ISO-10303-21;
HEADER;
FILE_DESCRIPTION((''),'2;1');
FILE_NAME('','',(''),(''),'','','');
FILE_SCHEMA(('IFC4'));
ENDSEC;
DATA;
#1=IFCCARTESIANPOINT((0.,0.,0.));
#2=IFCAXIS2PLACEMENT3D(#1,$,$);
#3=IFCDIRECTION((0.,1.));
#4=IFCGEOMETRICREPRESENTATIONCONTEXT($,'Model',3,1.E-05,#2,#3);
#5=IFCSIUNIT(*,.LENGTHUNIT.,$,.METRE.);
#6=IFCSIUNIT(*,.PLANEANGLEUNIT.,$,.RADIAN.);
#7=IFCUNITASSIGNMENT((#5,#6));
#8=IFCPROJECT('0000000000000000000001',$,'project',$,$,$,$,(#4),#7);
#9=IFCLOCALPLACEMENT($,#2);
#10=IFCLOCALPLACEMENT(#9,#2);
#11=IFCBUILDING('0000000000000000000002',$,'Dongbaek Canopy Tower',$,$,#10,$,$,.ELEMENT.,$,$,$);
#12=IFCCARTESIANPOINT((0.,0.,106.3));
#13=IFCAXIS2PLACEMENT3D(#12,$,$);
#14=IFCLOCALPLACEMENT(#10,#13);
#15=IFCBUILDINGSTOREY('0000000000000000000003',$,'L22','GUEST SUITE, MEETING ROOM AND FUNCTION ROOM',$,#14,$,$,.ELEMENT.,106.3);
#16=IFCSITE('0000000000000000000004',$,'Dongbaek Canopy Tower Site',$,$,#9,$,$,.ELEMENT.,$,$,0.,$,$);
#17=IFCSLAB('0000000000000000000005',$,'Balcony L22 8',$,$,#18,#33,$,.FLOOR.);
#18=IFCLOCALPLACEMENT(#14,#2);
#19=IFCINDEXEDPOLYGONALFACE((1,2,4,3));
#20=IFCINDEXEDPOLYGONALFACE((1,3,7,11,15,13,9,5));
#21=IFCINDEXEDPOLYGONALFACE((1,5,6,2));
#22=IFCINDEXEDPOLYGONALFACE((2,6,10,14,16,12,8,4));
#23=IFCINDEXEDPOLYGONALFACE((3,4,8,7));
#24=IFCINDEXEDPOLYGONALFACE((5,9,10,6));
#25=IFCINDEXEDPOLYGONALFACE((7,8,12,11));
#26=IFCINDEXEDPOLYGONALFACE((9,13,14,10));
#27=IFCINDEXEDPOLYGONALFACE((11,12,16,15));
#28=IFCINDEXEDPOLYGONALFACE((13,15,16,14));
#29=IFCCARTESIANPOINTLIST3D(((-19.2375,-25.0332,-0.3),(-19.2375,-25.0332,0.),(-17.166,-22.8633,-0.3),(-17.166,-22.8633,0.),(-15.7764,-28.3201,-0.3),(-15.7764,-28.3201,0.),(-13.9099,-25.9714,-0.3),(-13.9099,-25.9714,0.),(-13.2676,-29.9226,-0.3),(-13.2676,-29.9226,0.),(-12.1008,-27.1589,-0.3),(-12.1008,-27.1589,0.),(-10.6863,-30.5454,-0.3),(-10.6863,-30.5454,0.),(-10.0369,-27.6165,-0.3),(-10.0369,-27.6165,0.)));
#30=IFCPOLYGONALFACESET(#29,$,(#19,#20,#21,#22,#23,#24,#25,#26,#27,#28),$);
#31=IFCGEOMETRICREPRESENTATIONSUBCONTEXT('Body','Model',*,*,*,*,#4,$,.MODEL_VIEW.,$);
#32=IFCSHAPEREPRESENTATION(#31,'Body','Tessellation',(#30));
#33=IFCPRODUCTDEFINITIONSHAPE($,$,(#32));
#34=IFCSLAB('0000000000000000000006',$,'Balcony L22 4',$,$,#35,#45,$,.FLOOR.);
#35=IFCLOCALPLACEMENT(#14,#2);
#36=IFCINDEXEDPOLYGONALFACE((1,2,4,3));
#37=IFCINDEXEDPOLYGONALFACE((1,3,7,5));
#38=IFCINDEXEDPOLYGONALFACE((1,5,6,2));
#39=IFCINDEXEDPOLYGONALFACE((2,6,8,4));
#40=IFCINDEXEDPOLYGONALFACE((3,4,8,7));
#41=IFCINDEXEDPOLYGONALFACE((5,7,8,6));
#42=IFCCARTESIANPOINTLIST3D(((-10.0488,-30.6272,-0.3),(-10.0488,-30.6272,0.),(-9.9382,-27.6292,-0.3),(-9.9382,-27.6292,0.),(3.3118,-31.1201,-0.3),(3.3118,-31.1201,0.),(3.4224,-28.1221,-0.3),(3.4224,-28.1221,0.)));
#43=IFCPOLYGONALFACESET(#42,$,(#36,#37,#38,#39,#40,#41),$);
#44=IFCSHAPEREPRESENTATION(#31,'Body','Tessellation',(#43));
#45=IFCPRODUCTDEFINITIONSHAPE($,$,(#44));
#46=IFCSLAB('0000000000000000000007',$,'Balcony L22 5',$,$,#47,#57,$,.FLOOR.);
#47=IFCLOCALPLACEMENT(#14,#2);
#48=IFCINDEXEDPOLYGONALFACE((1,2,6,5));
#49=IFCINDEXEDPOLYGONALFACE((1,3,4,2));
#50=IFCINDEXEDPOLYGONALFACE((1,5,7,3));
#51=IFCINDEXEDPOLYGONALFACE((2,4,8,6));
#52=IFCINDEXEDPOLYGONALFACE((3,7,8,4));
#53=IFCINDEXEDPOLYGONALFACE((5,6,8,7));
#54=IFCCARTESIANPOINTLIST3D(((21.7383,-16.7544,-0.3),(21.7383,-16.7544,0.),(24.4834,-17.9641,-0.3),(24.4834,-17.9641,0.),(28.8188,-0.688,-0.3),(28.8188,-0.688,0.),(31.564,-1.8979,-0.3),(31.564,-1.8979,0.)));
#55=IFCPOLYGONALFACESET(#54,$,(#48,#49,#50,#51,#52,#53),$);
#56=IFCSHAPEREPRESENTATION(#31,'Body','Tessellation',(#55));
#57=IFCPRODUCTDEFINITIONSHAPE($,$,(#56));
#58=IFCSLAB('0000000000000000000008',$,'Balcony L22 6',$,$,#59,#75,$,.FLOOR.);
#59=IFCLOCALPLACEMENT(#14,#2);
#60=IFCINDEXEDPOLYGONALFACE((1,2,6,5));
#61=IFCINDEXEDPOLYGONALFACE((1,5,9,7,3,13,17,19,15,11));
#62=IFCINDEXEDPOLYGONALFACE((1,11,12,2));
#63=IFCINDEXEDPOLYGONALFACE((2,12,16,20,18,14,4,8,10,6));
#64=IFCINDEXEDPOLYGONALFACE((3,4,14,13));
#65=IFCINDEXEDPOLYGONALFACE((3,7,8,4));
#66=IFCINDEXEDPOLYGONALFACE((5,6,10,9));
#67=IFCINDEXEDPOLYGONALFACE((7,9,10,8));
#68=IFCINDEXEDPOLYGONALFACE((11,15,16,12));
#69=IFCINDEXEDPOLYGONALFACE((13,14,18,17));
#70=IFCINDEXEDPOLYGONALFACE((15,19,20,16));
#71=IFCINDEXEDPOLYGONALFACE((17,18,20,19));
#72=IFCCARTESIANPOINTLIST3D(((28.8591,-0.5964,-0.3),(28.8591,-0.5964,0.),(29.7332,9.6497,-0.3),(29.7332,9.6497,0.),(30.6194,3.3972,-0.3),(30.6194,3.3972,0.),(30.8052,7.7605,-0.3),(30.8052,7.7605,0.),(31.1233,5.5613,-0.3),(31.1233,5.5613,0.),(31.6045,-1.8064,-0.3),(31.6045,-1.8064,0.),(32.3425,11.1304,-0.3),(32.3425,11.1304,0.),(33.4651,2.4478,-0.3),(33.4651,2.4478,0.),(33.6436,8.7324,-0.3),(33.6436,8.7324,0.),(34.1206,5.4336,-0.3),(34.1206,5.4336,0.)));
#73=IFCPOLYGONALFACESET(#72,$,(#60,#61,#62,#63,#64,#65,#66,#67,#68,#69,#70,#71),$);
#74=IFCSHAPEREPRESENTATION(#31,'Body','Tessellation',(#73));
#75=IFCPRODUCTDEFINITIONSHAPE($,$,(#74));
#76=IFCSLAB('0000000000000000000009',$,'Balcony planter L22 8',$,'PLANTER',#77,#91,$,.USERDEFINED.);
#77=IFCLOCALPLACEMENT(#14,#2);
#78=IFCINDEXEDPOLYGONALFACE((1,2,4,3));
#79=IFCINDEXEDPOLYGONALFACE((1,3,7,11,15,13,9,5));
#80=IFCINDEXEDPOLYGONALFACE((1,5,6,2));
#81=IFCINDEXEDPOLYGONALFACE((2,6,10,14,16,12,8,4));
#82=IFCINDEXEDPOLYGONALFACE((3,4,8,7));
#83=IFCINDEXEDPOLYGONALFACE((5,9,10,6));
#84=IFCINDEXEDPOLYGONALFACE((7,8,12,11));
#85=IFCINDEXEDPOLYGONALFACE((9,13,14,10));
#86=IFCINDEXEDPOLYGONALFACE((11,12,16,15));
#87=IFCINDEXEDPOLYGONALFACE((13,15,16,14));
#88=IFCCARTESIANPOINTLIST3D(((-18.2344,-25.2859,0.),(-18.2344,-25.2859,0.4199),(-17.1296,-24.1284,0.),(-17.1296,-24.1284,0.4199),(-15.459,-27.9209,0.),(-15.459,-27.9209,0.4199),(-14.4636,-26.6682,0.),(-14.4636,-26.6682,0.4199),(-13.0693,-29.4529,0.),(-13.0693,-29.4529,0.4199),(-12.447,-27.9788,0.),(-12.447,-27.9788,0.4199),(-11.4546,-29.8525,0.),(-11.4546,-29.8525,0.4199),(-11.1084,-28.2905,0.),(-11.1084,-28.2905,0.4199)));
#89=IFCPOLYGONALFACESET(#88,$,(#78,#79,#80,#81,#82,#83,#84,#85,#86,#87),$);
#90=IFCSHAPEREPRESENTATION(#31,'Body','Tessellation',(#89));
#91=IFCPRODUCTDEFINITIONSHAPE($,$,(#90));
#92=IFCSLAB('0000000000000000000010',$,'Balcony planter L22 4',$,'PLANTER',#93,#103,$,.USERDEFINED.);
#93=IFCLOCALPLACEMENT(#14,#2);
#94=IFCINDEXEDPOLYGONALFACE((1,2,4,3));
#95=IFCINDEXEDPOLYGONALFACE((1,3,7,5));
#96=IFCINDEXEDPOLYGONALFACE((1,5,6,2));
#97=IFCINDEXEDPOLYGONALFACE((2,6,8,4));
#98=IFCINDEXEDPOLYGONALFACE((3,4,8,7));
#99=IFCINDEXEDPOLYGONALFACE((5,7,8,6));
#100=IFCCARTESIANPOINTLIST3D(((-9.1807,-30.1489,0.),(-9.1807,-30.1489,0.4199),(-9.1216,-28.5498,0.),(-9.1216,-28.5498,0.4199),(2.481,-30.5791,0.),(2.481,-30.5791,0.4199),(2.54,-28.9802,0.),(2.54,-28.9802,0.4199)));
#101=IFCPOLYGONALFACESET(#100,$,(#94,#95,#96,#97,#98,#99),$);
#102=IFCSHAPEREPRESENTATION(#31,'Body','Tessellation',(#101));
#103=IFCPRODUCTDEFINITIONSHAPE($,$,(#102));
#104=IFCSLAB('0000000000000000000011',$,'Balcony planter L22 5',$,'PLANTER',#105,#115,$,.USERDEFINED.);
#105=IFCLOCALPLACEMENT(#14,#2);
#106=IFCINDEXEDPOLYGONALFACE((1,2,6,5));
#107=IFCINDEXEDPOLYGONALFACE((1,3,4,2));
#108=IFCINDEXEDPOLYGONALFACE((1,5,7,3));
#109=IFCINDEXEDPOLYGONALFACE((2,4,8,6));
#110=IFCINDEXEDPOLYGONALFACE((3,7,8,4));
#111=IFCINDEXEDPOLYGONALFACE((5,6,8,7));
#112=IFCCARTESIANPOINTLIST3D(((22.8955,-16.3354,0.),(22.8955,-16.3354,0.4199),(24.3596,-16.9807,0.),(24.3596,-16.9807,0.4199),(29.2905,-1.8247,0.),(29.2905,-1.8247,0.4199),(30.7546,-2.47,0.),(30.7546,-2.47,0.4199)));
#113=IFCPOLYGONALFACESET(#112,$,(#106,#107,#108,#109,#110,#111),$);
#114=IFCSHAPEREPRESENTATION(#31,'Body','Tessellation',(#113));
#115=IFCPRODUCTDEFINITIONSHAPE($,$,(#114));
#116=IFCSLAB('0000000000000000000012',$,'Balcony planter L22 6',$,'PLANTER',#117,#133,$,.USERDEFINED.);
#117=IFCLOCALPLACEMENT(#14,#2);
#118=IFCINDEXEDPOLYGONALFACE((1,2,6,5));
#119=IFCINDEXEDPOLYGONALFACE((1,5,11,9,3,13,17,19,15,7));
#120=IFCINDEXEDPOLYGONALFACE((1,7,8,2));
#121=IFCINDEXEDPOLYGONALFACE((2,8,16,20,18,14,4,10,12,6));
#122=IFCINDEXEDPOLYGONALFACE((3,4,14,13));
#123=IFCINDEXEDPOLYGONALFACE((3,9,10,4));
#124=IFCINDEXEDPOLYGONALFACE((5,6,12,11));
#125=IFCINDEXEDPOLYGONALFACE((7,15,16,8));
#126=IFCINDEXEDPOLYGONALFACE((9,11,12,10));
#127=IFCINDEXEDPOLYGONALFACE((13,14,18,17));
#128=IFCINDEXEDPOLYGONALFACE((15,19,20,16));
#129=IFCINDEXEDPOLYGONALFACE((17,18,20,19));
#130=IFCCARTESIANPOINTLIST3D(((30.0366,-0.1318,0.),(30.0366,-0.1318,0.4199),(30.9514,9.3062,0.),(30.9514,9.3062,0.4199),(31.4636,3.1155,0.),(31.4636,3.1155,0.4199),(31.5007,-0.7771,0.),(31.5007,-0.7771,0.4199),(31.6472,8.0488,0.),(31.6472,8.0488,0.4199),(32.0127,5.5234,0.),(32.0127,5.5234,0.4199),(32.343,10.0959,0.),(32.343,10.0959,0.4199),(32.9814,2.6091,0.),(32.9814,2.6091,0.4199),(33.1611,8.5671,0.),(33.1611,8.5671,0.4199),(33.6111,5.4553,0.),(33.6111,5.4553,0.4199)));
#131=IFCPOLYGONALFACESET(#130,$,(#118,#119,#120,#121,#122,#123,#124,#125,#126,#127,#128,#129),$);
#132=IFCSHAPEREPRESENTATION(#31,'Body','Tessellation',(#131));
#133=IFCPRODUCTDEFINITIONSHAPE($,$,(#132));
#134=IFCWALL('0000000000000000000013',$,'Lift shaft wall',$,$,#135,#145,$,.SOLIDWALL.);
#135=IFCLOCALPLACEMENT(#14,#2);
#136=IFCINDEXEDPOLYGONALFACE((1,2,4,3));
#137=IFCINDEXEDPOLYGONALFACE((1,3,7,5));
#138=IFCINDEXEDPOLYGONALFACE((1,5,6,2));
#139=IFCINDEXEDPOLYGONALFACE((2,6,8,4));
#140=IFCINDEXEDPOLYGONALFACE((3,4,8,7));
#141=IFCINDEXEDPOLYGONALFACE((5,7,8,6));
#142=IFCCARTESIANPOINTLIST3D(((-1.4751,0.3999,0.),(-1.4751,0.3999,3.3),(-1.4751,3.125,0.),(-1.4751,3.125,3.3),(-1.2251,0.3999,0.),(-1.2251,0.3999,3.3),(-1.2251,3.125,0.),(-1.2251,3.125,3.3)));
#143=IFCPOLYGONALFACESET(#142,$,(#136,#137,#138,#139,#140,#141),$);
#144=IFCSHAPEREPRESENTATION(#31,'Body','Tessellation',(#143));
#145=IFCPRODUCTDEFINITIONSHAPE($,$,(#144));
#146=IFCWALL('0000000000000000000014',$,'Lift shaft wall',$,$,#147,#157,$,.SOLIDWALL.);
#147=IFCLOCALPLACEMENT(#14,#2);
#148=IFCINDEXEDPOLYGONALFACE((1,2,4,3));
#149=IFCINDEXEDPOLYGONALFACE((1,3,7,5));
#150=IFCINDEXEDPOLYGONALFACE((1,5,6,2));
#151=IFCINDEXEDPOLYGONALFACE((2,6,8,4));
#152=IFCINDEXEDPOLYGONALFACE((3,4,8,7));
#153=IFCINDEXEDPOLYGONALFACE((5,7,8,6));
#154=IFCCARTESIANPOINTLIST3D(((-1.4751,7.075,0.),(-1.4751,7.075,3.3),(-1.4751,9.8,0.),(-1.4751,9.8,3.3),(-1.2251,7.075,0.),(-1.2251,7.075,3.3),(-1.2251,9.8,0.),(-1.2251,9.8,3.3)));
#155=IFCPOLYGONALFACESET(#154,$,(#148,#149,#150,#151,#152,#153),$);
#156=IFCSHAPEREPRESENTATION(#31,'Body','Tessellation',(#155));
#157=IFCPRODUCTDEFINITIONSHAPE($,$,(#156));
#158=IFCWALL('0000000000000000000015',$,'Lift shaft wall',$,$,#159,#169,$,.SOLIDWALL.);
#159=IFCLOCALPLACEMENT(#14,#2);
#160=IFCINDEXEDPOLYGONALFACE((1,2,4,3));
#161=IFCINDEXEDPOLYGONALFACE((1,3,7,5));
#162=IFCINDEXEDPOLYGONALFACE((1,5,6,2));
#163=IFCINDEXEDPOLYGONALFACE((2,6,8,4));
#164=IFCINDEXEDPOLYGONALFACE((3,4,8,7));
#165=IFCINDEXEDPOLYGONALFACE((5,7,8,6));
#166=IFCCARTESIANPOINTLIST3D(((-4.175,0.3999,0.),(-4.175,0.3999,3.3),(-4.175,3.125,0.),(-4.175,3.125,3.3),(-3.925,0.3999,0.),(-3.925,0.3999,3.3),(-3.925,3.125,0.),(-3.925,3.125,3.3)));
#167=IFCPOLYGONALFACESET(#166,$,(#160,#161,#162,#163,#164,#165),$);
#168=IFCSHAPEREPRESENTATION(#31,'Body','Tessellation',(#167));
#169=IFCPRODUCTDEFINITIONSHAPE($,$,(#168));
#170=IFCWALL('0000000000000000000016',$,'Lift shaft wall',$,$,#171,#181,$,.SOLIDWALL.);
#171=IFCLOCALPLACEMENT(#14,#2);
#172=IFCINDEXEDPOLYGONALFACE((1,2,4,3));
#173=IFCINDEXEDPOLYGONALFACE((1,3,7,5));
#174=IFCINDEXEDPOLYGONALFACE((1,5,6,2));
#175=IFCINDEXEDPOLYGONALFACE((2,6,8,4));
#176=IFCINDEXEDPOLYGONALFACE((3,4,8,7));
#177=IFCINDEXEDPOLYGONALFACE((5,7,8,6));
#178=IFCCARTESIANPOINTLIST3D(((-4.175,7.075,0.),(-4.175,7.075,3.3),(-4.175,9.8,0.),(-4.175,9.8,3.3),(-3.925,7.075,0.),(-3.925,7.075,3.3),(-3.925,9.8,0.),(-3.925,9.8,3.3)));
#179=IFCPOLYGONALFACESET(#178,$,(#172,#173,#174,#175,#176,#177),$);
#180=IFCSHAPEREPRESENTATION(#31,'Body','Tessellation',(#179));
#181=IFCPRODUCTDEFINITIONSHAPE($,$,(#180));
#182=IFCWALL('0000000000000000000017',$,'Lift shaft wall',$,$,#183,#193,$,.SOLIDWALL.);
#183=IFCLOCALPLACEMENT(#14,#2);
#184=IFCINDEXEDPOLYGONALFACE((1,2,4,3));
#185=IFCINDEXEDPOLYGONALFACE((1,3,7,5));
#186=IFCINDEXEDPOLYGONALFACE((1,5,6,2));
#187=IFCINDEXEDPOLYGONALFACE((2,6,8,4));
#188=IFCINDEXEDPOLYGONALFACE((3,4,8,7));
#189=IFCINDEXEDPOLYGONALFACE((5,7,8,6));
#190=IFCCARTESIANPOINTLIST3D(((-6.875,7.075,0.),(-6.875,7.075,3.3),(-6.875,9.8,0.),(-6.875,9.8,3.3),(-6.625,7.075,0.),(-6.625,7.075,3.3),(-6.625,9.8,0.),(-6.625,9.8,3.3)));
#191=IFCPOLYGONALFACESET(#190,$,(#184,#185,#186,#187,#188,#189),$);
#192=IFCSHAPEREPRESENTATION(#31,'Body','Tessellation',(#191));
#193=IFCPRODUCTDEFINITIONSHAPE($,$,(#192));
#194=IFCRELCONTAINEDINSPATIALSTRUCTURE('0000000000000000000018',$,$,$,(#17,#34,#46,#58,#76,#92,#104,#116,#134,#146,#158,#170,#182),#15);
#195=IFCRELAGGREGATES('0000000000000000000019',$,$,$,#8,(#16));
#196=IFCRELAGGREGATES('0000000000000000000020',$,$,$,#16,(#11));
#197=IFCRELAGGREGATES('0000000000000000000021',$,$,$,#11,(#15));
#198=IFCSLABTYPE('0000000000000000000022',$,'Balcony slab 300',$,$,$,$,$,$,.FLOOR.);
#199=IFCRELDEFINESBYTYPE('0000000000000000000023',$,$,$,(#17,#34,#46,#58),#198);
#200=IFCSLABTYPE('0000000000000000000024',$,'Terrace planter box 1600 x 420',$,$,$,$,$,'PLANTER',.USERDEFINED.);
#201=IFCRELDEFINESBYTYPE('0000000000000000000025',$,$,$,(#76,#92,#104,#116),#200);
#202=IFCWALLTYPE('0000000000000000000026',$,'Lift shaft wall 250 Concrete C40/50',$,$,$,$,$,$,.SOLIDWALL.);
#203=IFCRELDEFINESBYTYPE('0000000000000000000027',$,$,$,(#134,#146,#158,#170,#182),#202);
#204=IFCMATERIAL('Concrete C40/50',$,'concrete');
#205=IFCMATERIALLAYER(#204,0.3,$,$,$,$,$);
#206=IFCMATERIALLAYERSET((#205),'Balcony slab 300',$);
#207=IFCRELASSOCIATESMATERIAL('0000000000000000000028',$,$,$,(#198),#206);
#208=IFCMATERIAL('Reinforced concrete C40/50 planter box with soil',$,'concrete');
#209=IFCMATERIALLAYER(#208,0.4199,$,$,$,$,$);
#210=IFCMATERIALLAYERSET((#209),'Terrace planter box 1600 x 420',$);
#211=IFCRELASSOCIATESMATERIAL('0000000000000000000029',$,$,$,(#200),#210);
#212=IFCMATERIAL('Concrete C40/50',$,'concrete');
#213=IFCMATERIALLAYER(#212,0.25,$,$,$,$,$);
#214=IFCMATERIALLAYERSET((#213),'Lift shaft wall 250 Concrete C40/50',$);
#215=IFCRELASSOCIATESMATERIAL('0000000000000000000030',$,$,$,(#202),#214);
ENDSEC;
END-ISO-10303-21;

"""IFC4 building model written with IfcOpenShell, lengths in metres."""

from ifc_helpers import new_model, si_unit, direction, frame, frame_2d, origin, place, context, subcontext, project, spatial, polyline, rectangle, outline, extrude, material, layer, layer_set, type_object, element, save


model = new_model("IFC4")

# Units and contexts
model_context = context("Model", 3, precision=1e-05, world=origin(), true_north=direction((0.0, 1.0)))
body_context = subcontext(model_context, "Body", "Model", "MODEL_VIEW")
ifc_project = project(units=[si_unit("LENGTHUNIT", "METRE"), si_unit("PLANEANGLEUNIT", "RADIAN")], contexts=[model_context])

# Site, building, storey
site_placement = place(None, origin())
site = spatial("IfcSite", under=ifc_project, at=site_placement, Name="Dongbaek Canopy Tower Site", CompositionType="ELEMENT", RefElevation=0.0)
building_placement = place(site_placement, origin())
building = spatial("IfcBuilding", under=site, at=building_placement, Name="Dongbaek Canopy Tower", CompositionType="ELEMENT")
storey_placement = place(building_placement, frame((0.0, 0.0, 106.3)))
storey = spatial("IfcBuildingStorey", under=building, at=storey_placement, Name="L22", Description="GUEST SUITE, MEETING ROOM AND FUNCTION ROOM", CompositionType="ELEMENT", Elevation=106.3)

# Slabs
ifc_material_1 = material(Name="Concrete C40/50", Category="concrete")
ifc_layer_1 = layer(ifc_material_1, 0.3)
ifc_layer_set_1 = layer_set([ifc_layer_1], Name="Balcony slab 300")
slab_type_1 = type_object("IfcSlabType", Name="Balcony slab 300", PredefinedType="FLOOR", material=ifc_layer_set_1)
slab_1_placement = place(storey_placement, frame((0.0, 0.0, -0.3)))
element("IfcSlab", 1, at=slab_1_placement, inside=storey, type_object=slab_type_1, Name="Balcony L22 8", PredefinedType="FLOOR", context=body_context, shape_type="SweptSolid", body=[
    extrude(outline(polyline([(-17.166, -22.8633), (-13.9099, -25.9714), (-12.1008, -27.1589), (-10.0369, -27.6165), (-10.6863, -30.5454), (-13.2676, -29.9226), (-15.7764, -28.3201), (-19.2375, -25.0332), (-17.166, -22.8633)])), origin(), (0.0, 0.0, 1.0), 0.3),
])
slab_2_placement = place(storey_placement, frame((0.0, 0.0, -0.3)))
element("IfcSlab", 2, at=slab_2_placement, inside=storey, type_object=slab_type_1, Name="Balcony L22 4", PredefinedType="FLOOR", context=body_context, shape_type="SweptSolid", body=[
    extrude(outline(polyline([(-9.9382, -27.6292), (3.4224, -28.1221), (3.3118, -31.1201), (-10.0488, -30.6272), (-9.9382, -27.6292)])), origin(), (0.0, 0.0, 1.0), 0.3),
])
slab_3_placement = place(storey_placement, frame((0.0, 0.0, -0.3)))
element("IfcSlab", 3, at=slab_3_placement, inside=storey, type_object=slab_type_1, Name="Balcony L22 5", PredefinedType="FLOOR", context=body_context, shape_type="SweptSolid", body=[
    extrude(outline(polyline([(21.7383, -16.7544), (28.8188, -0.688), (31.564, -1.8979), (24.4834, -17.9641), (21.7383, -16.7544)])), origin(), (0.0, 0.0, 1.0), 0.3),
])
slab_4_placement = place(storey_placement, frame((0.0, 0.0, -0.3)))
element("IfcSlab", 4, at=slab_4_placement, inside=storey, type_object=slab_type_1, Name="Balcony L22 6", PredefinedType="FLOOR", context=body_context, shape_type="SweptSolid", body=[
    extrude(outline(polyline([(28.8591, -0.5964), (30.6194, 3.3972), (31.1233, 5.5613), (30.8052, 7.7605), (29.7332, 9.6497), (32.3425, 11.1304), (33.6436, 8.7324), (34.1206, 5.4336), (33.4651, 2.4478), (31.6045, -1.8064), (28.8591, -0.5964)])), origin(), (0.0, 0.0, 1.0), 0.3),
])
ifc_material_2 = material(Name="Reinforced concrete C40/50 planter box with soil", Category="concrete")
ifc_layer_2 = layer(ifc_material_2, 0.4199)
ifc_layer_set_2 = layer_set([ifc_layer_2], Name="Terrace planter box 1600 x 420")
slab_type_2 = type_object("IfcSlabType", Name="Terrace planter box 1600 x 420", ElementType="PLANTER", PredefinedType="USERDEFINED", material=ifc_layer_set_2)
slab_5_placement = place(storey_placement, origin())
element("IfcSlab", 5, at=slab_5_placement, inside=storey, type_object=slab_type_2, Name="Balcony planter L22 8", ObjectType="PLANTER", PredefinedType="USERDEFINED", context=body_context, shape_type="SweptSolid", body=[
    extrude(outline(polyline([(-17.1296, -24.1284), (-14.4636, -26.6682), (-12.447, -27.9788), (-11.1084, -28.2905), (-11.4546, -29.8525), (-13.0693, -29.4529), (-15.459, -27.9209), (-18.2344, -25.2859), (-17.1296, -24.1284)])), origin(), (0.0, 0.0, 1.0), 0.4199),
])
slab_6_placement = place(storey_placement, origin())
element("IfcSlab", 6, at=slab_6_placement, inside=storey, type_object=slab_type_2, Name="Balcony planter L22 4", ObjectType="PLANTER", PredefinedType="USERDEFINED", context=body_context, shape_type="SweptSolid", body=[
    extrude(outline(polyline([(-9.1216, -28.5498), (2.54, -28.9802), (2.481, -30.5791), (-9.1807, -30.1489), (-9.1216, -28.5498)])), origin(), (0.0, 0.0, 1.0), 0.4199),
])
slab_7_placement = place(storey_placement, origin())
element("IfcSlab", 7, at=slab_7_placement, inside=storey, type_object=slab_type_2, Name="Balcony planter L22 5", ObjectType="PLANTER", PredefinedType="USERDEFINED", context=body_context, shape_type="SweptSolid", body=[
    extrude(outline(polyline([(22.8955, -16.3354), (29.2905, -1.8247), (30.7546, -2.47), (24.3596, -16.9807), (22.8955, -16.3354)])), origin(), (0.0, 0.0, 1.0), 0.4199),
])
slab_8_placement = place(storey_placement, origin())
element("IfcSlab", 8, at=slab_8_placement, inside=storey, type_object=slab_type_2, Name="Balcony planter L22 6", ObjectType="PLANTER", PredefinedType="USERDEFINED", context=body_context, shape_type="SweptSolid", body=[
    extrude(outline(polyline([(30.0366, -0.1318), (31.4636, 3.1155), (32.0127, 5.5234), (31.6472, 8.0488), (30.9514, 9.3062), (32.343, 10.0959), (33.1611, 8.5671), (33.6111, 5.4553), (32.9814, 2.6091), (31.5007, -0.7771), (30.0366, -0.1318)])), origin(), (0.0, 0.0, 1.0), 0.4199),
])

# Walls
ifc_material_3 = material(Name="Concrete C40/50", Category="concrete")
ifc_layer_3 = layer(ifc_material_3, 0.25)
ifc_layer_set_3 = layer_set([ifc_layer_3], Name="Lift shaft wall 250 Concrete C40/50")
wall_type = type_object("IfcWallType", Name="Lift shaft wall 250 Concrete C40/50", PredefinedType="SOLIDWALL", material=ifc_layer_set_3)
for number, where, z_axis, x_axis, name in (
    (9, (-1.3501, 0.3999, 0.0), (0.0, 0.0, 1.0), (0.0, 1.0, 0.0), "Lift shaft wall"),
    (10, (-1.3501, 7.075, 0.0), (0.0, 0.0, 1.0), (0.0, 1.0, 0.0), "Lift shaft wall"),
    (11, (-4.05, 0.3999, 0.0), (0.0, 0.0, 1.0), (0.0, 1.0, 0.0), "Lift shaft wall"),
    (12, (-4.05, 7.075, 0.0), (0.0, 0.0, 1.0), (0.0, 1.0, 0.0), "Lift shaft wall"),
    (13, (-6.75, 7.075, 0.0), (0.0, 0.0, 1.0), (0.0, 1.0, 0.0), "Lift shaft wall"),
):
    element("IfcWall", number, at=place(storey_placement, frame(where, z_axis=z_axis, x_axis=x_axis)), inside=storey, type_object=wall_type, Name=name, PredefinedType="SOLIDWALL", context=body_context, shape_type="SweptSolid", body=[
        extrude(rectangle(XDim=2.7251, YDim=0.25, at=frame_2d((1.3625, 0.0))), origin(), (0.0, 0.0, 1.0), 3.3),
    ])

save(model, "model.ifc")
